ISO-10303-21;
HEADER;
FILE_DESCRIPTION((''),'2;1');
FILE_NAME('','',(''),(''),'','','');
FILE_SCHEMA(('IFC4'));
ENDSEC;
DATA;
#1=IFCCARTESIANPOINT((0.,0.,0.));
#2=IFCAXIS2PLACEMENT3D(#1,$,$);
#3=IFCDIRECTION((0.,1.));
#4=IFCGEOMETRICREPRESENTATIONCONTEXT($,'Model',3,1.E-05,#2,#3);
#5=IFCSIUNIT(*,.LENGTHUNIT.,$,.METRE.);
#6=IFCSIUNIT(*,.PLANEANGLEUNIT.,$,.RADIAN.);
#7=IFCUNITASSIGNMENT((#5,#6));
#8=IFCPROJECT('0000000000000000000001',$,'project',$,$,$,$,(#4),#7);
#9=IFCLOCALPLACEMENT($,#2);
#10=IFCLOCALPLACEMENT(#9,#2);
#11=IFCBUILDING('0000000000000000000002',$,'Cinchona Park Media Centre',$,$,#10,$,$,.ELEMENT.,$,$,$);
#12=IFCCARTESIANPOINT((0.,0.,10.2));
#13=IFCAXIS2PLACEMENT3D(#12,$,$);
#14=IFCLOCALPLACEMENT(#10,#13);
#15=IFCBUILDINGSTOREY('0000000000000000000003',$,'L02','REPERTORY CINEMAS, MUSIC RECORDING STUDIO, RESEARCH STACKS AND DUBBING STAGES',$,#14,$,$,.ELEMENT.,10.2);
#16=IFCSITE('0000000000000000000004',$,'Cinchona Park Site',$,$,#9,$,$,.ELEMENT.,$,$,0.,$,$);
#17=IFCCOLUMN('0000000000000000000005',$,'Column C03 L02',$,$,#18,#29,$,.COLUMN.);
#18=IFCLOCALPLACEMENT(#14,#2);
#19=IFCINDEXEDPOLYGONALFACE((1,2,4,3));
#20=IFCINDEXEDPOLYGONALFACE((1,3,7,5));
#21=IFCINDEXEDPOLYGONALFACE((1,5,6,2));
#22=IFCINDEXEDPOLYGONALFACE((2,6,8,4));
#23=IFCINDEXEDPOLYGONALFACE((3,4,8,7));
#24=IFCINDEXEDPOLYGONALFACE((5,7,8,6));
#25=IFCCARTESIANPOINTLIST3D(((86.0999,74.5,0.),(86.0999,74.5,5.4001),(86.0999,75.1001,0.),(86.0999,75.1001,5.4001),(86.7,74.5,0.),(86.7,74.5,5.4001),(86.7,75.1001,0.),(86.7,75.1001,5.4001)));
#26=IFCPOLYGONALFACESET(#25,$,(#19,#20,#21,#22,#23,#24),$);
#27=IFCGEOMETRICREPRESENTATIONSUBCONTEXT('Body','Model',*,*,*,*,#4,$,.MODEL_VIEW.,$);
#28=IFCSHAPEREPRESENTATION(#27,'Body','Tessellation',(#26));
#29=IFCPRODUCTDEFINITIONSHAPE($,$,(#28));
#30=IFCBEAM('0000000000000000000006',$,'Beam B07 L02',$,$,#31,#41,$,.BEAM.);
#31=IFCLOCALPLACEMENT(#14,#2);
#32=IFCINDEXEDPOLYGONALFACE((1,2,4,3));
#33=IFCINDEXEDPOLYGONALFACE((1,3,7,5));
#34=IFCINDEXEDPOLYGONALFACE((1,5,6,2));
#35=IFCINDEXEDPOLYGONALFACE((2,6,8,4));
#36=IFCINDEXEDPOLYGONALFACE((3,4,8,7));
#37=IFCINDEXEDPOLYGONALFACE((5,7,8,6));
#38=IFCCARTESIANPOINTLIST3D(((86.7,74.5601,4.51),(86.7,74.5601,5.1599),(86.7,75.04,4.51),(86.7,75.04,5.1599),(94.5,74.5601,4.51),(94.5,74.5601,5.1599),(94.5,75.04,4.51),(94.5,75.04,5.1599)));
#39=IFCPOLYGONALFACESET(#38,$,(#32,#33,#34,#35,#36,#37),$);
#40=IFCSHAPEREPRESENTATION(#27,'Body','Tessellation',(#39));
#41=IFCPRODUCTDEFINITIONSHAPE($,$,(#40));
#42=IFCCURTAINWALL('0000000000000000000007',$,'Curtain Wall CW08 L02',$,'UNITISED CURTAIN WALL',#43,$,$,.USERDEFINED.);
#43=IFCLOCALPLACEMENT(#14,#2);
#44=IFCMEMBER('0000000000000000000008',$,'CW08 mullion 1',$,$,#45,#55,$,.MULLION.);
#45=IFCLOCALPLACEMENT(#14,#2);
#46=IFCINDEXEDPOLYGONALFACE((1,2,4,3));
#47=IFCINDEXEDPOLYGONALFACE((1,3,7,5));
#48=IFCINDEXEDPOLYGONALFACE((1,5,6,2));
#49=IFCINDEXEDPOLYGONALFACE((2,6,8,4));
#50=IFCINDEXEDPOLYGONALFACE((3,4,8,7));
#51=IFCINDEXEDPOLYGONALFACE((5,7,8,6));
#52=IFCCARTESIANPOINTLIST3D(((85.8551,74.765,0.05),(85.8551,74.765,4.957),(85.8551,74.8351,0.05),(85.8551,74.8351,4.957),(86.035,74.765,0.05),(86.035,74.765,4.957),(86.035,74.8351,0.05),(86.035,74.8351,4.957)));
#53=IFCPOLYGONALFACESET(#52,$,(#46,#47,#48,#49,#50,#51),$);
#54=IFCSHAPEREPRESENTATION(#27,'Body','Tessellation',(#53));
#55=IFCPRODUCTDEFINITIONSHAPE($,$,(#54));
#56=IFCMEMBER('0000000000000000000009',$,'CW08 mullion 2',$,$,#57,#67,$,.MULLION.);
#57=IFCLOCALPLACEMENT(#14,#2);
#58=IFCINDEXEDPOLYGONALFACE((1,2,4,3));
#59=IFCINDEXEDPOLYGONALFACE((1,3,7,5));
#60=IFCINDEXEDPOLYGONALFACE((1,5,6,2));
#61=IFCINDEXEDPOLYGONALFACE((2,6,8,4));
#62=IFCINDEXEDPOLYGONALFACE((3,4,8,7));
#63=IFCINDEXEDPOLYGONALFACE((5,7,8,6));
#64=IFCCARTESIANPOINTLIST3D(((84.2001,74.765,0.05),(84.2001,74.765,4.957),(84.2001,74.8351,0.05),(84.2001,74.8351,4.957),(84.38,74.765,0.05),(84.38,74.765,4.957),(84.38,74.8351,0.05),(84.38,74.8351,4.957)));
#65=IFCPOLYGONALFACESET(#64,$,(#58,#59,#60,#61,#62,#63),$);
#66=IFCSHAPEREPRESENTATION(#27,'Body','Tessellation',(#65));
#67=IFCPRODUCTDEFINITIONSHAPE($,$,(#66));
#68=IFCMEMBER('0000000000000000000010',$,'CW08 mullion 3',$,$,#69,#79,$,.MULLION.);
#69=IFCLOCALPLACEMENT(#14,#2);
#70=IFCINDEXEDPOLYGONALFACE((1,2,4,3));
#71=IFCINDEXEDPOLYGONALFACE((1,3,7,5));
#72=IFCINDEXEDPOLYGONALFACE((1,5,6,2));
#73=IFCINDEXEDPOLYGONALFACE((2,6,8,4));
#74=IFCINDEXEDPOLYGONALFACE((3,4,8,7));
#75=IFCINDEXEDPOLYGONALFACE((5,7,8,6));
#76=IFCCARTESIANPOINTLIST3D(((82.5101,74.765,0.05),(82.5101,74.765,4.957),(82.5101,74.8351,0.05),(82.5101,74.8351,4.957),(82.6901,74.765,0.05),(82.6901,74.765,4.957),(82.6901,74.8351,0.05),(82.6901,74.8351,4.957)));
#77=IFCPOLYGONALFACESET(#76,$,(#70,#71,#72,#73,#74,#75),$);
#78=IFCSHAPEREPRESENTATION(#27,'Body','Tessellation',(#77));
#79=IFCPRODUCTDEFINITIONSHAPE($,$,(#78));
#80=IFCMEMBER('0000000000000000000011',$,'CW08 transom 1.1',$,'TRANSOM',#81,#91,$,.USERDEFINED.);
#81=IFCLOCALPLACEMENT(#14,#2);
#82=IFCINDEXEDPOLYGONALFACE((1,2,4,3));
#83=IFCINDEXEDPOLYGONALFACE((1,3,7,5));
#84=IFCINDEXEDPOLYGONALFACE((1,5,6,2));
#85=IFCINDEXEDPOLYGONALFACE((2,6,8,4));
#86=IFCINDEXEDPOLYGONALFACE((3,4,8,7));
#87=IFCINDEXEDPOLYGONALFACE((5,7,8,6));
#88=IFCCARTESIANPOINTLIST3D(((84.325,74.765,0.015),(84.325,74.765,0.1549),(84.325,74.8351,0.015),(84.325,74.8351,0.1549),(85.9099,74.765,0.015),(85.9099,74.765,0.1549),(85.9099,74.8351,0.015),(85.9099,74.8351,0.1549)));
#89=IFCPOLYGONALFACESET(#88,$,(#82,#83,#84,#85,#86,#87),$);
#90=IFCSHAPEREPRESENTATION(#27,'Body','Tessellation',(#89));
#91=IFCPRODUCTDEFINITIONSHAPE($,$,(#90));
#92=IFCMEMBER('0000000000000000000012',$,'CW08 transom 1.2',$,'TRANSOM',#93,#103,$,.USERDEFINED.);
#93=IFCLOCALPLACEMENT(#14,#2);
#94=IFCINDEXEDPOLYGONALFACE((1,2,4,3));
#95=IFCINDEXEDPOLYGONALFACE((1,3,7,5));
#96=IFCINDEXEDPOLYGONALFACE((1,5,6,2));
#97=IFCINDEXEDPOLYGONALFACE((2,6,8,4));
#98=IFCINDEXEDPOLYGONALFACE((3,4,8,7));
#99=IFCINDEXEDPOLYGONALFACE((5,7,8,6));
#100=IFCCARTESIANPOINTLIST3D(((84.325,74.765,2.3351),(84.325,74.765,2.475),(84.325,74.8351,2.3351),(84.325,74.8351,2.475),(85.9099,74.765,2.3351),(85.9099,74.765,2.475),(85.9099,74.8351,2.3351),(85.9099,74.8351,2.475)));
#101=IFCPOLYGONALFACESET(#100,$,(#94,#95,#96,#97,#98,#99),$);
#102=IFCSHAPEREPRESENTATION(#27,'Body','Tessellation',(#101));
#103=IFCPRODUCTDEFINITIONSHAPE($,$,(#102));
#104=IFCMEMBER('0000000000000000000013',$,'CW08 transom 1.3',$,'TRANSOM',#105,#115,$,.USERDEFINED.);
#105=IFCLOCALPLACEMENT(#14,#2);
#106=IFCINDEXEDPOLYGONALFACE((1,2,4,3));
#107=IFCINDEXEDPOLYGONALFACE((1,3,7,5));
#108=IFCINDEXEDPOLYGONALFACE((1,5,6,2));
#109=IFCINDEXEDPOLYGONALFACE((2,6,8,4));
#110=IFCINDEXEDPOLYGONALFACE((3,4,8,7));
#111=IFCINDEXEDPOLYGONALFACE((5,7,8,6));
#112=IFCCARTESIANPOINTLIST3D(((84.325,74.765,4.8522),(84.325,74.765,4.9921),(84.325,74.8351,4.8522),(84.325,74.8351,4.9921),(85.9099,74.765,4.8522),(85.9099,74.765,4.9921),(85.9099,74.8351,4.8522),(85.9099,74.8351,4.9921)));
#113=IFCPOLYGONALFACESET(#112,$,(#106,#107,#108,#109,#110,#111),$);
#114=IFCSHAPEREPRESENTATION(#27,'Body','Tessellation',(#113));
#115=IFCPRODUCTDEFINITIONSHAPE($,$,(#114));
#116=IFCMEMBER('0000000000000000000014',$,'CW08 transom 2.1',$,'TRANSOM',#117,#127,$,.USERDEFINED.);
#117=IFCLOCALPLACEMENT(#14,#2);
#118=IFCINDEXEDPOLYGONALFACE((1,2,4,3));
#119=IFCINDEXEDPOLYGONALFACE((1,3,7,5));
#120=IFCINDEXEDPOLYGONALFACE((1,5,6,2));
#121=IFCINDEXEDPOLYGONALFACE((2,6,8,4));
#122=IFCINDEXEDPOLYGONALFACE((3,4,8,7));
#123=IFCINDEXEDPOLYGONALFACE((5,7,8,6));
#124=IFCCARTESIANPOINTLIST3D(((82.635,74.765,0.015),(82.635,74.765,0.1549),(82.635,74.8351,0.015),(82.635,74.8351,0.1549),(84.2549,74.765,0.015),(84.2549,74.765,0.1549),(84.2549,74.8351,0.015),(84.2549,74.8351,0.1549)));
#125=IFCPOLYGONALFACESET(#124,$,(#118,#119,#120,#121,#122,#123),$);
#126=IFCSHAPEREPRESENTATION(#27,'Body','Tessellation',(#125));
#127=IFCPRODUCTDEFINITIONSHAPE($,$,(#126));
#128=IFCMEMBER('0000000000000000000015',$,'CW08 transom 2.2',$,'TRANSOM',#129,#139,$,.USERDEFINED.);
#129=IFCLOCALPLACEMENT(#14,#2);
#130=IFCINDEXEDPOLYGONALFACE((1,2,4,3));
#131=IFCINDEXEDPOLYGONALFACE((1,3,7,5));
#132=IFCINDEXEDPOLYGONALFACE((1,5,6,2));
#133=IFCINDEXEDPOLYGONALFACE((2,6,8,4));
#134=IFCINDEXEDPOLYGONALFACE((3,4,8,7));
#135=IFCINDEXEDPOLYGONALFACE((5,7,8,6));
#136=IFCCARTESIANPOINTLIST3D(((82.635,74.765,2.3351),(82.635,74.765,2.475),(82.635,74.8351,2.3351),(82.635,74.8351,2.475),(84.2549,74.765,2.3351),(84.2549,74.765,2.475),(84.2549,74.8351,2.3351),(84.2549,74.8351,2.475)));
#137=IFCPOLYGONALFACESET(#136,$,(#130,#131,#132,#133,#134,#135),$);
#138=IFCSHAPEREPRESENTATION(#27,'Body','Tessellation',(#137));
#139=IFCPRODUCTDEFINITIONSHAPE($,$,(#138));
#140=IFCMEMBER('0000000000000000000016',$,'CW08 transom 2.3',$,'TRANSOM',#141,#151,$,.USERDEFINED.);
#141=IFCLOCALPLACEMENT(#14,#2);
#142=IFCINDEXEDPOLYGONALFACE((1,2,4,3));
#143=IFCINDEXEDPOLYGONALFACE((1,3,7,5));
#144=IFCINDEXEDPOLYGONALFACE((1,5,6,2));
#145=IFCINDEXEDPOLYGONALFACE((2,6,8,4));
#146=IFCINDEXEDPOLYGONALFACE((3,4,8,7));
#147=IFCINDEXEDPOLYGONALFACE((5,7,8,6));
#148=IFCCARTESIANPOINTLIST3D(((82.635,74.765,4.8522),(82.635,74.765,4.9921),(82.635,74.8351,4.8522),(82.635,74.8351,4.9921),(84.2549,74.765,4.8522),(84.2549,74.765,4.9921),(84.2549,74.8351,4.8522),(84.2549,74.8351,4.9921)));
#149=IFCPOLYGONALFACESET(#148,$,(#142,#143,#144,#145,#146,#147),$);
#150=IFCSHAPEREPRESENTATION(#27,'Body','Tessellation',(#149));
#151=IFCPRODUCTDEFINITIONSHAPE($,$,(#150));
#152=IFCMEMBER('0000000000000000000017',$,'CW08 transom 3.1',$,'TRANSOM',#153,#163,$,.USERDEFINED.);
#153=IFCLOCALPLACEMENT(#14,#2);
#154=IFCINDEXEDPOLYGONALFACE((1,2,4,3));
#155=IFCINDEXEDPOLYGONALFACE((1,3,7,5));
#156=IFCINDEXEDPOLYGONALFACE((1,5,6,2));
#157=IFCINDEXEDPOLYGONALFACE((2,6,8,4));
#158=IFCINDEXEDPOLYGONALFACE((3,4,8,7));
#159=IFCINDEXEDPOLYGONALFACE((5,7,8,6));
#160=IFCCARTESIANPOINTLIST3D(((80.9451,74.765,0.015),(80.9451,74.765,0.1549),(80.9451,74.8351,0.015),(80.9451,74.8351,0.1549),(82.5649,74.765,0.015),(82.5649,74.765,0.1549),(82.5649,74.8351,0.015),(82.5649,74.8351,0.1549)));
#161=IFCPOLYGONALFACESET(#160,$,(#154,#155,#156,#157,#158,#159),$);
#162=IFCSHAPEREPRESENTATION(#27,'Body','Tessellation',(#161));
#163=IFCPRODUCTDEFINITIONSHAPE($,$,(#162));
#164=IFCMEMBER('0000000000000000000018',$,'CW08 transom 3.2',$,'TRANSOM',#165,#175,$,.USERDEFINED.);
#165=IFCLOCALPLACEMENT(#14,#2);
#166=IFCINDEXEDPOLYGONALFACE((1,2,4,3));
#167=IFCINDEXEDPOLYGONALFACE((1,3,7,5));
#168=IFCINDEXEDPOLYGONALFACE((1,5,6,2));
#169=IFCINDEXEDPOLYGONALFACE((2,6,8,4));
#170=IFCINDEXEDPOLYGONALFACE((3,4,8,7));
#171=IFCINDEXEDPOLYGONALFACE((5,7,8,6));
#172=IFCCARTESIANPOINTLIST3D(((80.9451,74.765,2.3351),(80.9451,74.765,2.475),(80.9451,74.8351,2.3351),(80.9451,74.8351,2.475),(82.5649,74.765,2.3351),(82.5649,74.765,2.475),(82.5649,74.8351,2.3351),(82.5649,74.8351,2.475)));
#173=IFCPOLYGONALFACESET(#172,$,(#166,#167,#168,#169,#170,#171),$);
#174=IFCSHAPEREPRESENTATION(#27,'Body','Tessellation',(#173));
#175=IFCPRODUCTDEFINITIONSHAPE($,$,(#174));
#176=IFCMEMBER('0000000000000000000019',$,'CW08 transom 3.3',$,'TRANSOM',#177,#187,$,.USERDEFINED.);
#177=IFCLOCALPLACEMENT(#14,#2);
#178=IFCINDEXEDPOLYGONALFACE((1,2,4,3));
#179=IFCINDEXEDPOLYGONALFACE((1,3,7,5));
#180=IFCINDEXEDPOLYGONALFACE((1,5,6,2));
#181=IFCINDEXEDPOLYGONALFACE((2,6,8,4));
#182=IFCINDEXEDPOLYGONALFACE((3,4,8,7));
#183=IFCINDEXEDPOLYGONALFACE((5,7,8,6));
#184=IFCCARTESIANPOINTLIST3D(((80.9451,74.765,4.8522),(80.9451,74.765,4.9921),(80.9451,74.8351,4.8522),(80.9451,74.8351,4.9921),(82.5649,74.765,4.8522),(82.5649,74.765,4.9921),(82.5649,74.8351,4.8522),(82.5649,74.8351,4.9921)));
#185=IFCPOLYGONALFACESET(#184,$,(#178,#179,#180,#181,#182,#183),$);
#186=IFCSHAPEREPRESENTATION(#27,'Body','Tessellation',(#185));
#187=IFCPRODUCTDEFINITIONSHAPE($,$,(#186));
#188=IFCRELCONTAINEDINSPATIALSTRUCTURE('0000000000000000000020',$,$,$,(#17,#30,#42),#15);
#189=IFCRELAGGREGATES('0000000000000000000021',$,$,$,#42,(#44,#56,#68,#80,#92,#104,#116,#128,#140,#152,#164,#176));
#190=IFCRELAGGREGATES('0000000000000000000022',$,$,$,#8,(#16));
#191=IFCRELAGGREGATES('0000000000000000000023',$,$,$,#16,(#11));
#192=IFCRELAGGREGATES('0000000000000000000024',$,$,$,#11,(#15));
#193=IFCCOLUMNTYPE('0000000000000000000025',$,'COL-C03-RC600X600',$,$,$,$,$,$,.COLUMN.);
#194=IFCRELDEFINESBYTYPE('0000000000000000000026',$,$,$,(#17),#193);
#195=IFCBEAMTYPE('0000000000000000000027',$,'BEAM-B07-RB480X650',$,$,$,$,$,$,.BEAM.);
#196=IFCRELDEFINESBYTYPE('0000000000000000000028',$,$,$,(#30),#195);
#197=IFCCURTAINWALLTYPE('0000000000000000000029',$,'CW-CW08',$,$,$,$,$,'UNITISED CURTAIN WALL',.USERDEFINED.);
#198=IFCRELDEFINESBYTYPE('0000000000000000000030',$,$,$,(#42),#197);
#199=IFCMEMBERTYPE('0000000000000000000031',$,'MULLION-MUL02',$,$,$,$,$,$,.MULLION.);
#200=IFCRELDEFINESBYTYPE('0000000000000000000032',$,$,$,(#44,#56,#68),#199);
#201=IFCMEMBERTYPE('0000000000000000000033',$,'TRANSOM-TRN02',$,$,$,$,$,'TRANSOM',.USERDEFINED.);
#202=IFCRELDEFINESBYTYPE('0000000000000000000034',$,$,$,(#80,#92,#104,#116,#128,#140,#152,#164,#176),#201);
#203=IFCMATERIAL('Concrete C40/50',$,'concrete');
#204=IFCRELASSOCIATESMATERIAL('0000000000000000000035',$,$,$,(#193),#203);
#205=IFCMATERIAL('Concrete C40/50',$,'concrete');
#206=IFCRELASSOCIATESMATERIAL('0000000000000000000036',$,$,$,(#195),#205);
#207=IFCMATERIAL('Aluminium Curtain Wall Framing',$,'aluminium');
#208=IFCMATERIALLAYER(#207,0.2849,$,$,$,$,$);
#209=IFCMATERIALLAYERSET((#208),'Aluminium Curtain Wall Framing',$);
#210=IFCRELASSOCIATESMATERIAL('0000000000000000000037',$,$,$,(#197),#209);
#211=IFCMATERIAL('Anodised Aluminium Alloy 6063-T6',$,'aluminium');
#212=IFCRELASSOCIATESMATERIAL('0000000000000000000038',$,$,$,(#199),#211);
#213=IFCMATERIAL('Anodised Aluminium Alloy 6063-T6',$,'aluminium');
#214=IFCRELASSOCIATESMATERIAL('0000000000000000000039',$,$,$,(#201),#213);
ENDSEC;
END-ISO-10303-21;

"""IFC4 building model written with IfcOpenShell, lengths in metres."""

from ifc_helpers import new_model, si_unit, direction, frame, origin, origin_2d, place, context, subcontext, project, spatial, rectangle, extrude, material, layer, layer_set, material_profile, profile_set, type_object, element, aggregate, save


model = new_model("IFC4")

# Units and contexts
model_context = context("Model", 3, precision=1e-05, world=origin(), true_north=direction((0.0, 1.0)))
body_context = subcontext(model_context, "Body", "Model", "MODEL_VIEW")
ifc_project = project(units=[si_unit("LENGTHUNIT", "METRE"), si_unit("PLANEANGLEUNIT", "RADIAN")], contexts=[model_context])

# Site, building, storey
site_placement = place(None, origin())
site = spatial("IfcSite", under=ifc_project, at=site_placement, Name="Cinchona Park Site", CompositionType="ELEMENT", RefElevation=0.0)
building_placement = place(site_placement, origin())
building = spatial("IfcBuilding", under=site, at=building_placement, Name="Cinchona Park Media Centre", CompositionType="ELEMENT")
storey_placement = place(building_placement, frame((0.0, 0.0, 10.2)))
storey = spatial("IfcBuildingStorey", under=building, at=storey_placement, Name="L02", Description="REPERTORY CINEMAS, MUSIC RECORDING STUDIO, RESEARCH STACKS AND DUBBING STAGES", CompositionType="ELEMENT", Elevation=10.2)

# Column
ifc_material_1 = material(Name="Concrete C40/50", Category="concrete")
ifc_material_profile_1 = material_profile(ifc_material_1, rectangle(XDim=0.6001, YDim=0.6001, at=origin_2d()), Name="RC 600X600")
ifc_profile_set_1 = profile_set([ifc_material_profile_1], Name="Concrete C40/50")
column_type = type_object("IfcColumnType", Name="COL-C03-RC600X600", PredefinedType="COLUMN", material=ifc_profile_set_1)
column_placement = place(storey_placement, frame((86.3999, 74.8, 0.0), z_axis=(0.0, 0.0, 1.0), x_axis=(1.0, 0.0, 0.0)))
element("IfcColumn", 1, at=column_placement, inside=storey, type_object=column_type, Name="Column C03 L02", PredefinedType="COLUMN", context=body_context, shape_type="SweptSolid", body=[
    extrude(rectangle(XDim=0.6001, YDim=0.6001, at=origin_2d()), origin(), (0.0, 0.0, 1.0), 5.4001),
])

# Beam
ifc_material_2 = material(Name="Concrete C40/50", Category="concrete")
ifc_material_profile_2 = material_profile(ifc_material_2, rectangle(XDim=0.48, YDim=0.6499, at=origin_2d()), Name="RB 480X650")
ifc_profile_set_2 = profile_set([ifc_material_profile_2], Name="Concrete C40/50")
beam_type = type_object("IfcBeamType", Name="BEAM-B07-RB480X650", PredefinedType="BEAM", material=ifc_profile_set_2)
beam_placement = place(storey_placement, frame((86.7, 74.8, 4.835), z_axis=(1.0, 0.0, 0.0), x_axis=(0.0, 1.0, 0.0)))
element("IfcBeam", 2, at=beam_placement, inside=storey, type_object=beam_type, Name="Beam B07 L02", PredefinedType="BEAM", context=body_context, shape_type="SweptSolid", body=[
    extrude(rectangle(XDim=0.48, YDim=0.6499, at=origin_2d()), origin(), (0.0, 0.0, 1.0), 7.8),
])

# Curtain wall, members
ifc_material_3 = material(Name="Aluminium Curtain Wall Framing", Category="aluminium")
ifc_layer_1 = layer(ifc_material_3, 0.2849)
ifc_layer_set_1 = layer_set([ifc_layer_1], Name="Aluminium Curtain Wall Framing")
curtain_wall_type = type_object("IfcCurtainWallType", Name="CW-CW08", ElementType="UNITISED CURTAIN WALL", PredefinedType="USERDEFINED", material=ifc_layer_set_1)
curtain_wall_placement = place(storey_placement, origin())
curtain_wall = element("IfcCurtainWall", 3, at=curtain_wall_placement, inside=storey, type_object=curtain_wall_type, Name="Curtain Wall CW08 L02", ObjectType="UNITISED CURTAIN WALL", PredefinedType="USERDEFINED")
ifc_material_4 = material(Name="Anodised Aluminium Alloy 6063-T6", Category="aluminium")
ifc_material_profile_3 = material_profile(ifc_material_4, rectangle(XDim=0.0701, YDim=0.1799, at=origin_2d()), Name="MUL-70X180")
ifc_profile_set_3 = profile_set([ifc_material_profile_3], Name="Anodised Aluminium Alloy 6063-T6")
member_type_1 = type_object("IfcMemberType", Name="MULLION-MUL02", PredefinedType="MULLION", material=ifc_profile_set_3)
member_1_placement = place(storey_placement, frame((85.9451, 74.8, 0.05), z_axis=(0.0, 0.0, 1.0), x_axis=(0.0, -1.0, 0.0)))
member_1 = element("IfcMember", 4, at=member_1_placement, type_object=member_type_1, Name="CW08 mullion 1", PredefinedType="MULLION", context=body_context, shape_type="SweptSolid", body=[
    extrude(rectangle(XDim=0.0701, YDim=0.1799, at=origin_2d()), origin(), (0.0, 0.0, 1.0), 4.907),
])
member_2_placement = place(storey_placement, frame((84.29, 74.8, 0.05), z_axis=(0.0, 0.0, 1.0), x_axis=(0.0, -1.0, 0.0)))
member_2 = element("IfcMember", 5, at=member_2_placement, type_object=member_type_1, Name="CW08 mullion 2", PredefinedType="MULLION", context=body_context, shape_type="SweptSolid", body=[
    extrude(rectangle(XDim=0.0701, YDim=0.1799, at=origin_2d()), origin(), (0.0, 0.0, 1.0), 4.907),
])
member_3_placement = place(storey_placement, frame((82.6001, 74.8, 0.05), z_axis=(0.0, 0.0, 1.0), x_axis=(0.0, -1.0, 0.0)))
member_3 = element("IfcMember", 6, at=member_3_placement, type_object=member_type_1, Name="CW08 mullion 3", PredefinedType="MULLION", context=body_context, shape_type="SweptSolid", body=[
    extrude(rectangle(XDim=0.0701, YDim=0.1799, at=origin_2d()), origin(), (0.0, 0.0, 1.0), 4.907),
])
ifc_material_5 = material(Name="Anodised Aluminium Alloy 6063-T6", Category="aluminium")
ifc_material_profile_4 = material_profile(ifc_material_5, rectangle(XDim=0.0701, YDim=0.1399, at=origin_2d()), Name="TRN-70X140")
ifc_profile_set_4 = profile_set([ifc_material_profile_4], Name="Anodised Aluminium Alloy 6063-T6")
member_type_2 = type_object("IfcMemberType", Name="TRANSOM-TRN02", ElementType="TRANSOM", PredefinedType="USERDEFINED", material=ifc_profile_set_4)
member_4_placement = place(storey_placement, frame((85.9099, 74.8, 0.085), z_axis=(-1.0, 0.0, 0.0), x_axis=(0.0, -1.0, 0.0)))
member_4 = element("IfcMember", 7, at=member_4_placement, type_object=member_type_2, Name="CW08 transom 1.1", ObjectType="TRANSOM", PredefinedType="USERDEFINED", context=body_context, shape_type="SweptSolid", body=[
    extrude(rectangle(XDim=0.0701, YDim=0.1399, at=origin_2d()), origin(), (0.0, 0.0, 1.0), 1.585),
])
member_5_placement = place(storey_placement, frame((85.9099, 74.8, 2.405), z_axis=(-1.0, 0.0, 0.0), x_axis=(0.0, -1.0, 0.0)))
member_5 = element("IfcMember", 8, at=member_5_placement, type_object=member_type_2, Name="CW08 transom 1.2", ObjectType="TRANSOM", PredefinedType="USERDEFINED", context=body_context, shape_type="SweptSolid", body=[
    extrude(rectangle(XDim=0.0701, YDim=0.1399, at=origin_2d()), origin(), (0.0, 0.0, 1.0), 1.585),
])
member_6_placement = place(storey_placement, frame((85.9099, 74.8, 4.9221), z_axis=(-1.0, 0.0, 0.0), x_axis=(0.0, -1.0, 0.0)))
member_6 = element("IfcMember", 9, at=member_6_placement, type_object=member_type_2, Name="CW08 transom 1.3", ObjectType="TRANSOM", PredefinedType="USERDEFINED", context=body_context, shape_type="SweptSolid", body=[
    extrude(rectangle(XDim=0.0701, YDim=0.1399, at=origin_2d()), origin(), (0.0, 0.0, 1.0), 1.585),
])
member_7_placement = place(storey_placement, frame((84.2549, 74.8, 0.085), z_axis=(-1.0, 0.0, 0.0), x_axis=(0.0, -1.0, 0.0)))
member_7 = element("IfcMember", 10, at=member_7_placement, type_object=member_type_2, Name="CW08 transom 2.1", ObjectType="TRANSOM", PredefinedType="USERDEFINED", context=body_context, shape_type="SweptSolid", body=[
    extrude(rectangle(XDim=0.0701, YDim=0.1399, at=origin_2d()), origin(), (0.0, 0.0, 1.0), 1.6199),
])
member_8_placement = place(storey_placement, frame((84.2549, 74.8, 2.405), z_axis=(-1.0, 0.0, 0.0), x_axis=(0.0, -1.0, 0.0)))
member_8 = element("IfcMember", 11, at=member_8_placement, type_object=member_type_2, Name="CW08 transom 2.2", ObjectType="TRANSOM", PredefinedType="USERDEFINED", context=body_context, shape_type="SweptSolid", body=[
    extrude(rectangle(XDim=0.0701, YDim=0.1399, at=origin_2d()), origin(), (0.0, 0.0, 1.0), 1.6199),
])
member_9_placement = place(storey_placement, frame((84.2549, 74.8, 4.9221), z_axis=(-1.0, 0.0, 0.0), x_axis=(0.0, -1.0, 0.0)))
member_9 = element("IfcMember", 12, at=member_9_placement, type_object=member_type_2, Name="CW08 transom 2.3", ObjectType="TRANSOM", PredefinedType="USERDEFINED", context=body_context, shape_type="SweptSolid", body=[
    extrude(rectangle(XDim=0.0701, YDim=0.1399, at=origin_2d()), origin(), (0.0, 0.0, 1.0), 1.6199),
])
member_10_placement = place(storey_placement, frame((82.5649, 74.8, 0.085), z_axis=(-1.0, 0.0, 0.0), x_axis=(0.0, -1.0, 0.0)))
member_10 = element("IfcMember", 13, at=member_10_placement, type_object=member_type_2, Name="CW08 transom 3.1", ObjectType="TRANSOM", PredefinedType="USERDEFINED", context=body_context, shape_type="SweptSolid", body=[
    extrude(rectangle(XDim=0.0701, YDim=0.1399, at=origin_2d()), origin(), (0.0, 0.0, 1.0), 1.6199),
])
member_11_placement = place(storey_placement, frame((82.5649, 74.8, 2.405), z_axis=(-1.0, 0.0, 0.0), x_axis=(0.0, -1.0, 0.0)))
member_11 = element("IfcMember", 14, at=member_11_placement, type_object=member_type_2, Name="CW08 transom 3.2", ObjectType="TRANSOM", PredefinedType="USERDEFINED", context=body_context, shape_type="SweptSolid", body=[
    extrude(rectangle(XDim=0.0701, YDim=0.1399, at=origin_2d()), origin(), (0.0, 0.0, 1.0), 1.6199),
])
member_12_placement = place(storey_placement, frame((82.5649, 74.8, 4.9221), z_axis=(-1.0, 0.0, 0.0), x_axis=(0.0, -1.0, 0.0)))
member_12 = element("IfcMember", 15, at=member_12_placement, type_object=member_type_2, Name="CW08 transom 3.3", ObjectType="TRANSOM", PredefinedType="USERDEFINED", context=body_context, shape_type="SweptSolid", body=[
    extrude(rectangle(XDim=0.0701, YDim=0.1399, at=origin_2d()), origin(), (0.0, 0.0, 1.0), 1.6199),
])
aggregate(curtain_wall, [member_1, member_2, member_3, member_4, member_5, member_6, member_7, member_8, member_9, member_10, member_11, member_12])

save(model, "model.ifc")
